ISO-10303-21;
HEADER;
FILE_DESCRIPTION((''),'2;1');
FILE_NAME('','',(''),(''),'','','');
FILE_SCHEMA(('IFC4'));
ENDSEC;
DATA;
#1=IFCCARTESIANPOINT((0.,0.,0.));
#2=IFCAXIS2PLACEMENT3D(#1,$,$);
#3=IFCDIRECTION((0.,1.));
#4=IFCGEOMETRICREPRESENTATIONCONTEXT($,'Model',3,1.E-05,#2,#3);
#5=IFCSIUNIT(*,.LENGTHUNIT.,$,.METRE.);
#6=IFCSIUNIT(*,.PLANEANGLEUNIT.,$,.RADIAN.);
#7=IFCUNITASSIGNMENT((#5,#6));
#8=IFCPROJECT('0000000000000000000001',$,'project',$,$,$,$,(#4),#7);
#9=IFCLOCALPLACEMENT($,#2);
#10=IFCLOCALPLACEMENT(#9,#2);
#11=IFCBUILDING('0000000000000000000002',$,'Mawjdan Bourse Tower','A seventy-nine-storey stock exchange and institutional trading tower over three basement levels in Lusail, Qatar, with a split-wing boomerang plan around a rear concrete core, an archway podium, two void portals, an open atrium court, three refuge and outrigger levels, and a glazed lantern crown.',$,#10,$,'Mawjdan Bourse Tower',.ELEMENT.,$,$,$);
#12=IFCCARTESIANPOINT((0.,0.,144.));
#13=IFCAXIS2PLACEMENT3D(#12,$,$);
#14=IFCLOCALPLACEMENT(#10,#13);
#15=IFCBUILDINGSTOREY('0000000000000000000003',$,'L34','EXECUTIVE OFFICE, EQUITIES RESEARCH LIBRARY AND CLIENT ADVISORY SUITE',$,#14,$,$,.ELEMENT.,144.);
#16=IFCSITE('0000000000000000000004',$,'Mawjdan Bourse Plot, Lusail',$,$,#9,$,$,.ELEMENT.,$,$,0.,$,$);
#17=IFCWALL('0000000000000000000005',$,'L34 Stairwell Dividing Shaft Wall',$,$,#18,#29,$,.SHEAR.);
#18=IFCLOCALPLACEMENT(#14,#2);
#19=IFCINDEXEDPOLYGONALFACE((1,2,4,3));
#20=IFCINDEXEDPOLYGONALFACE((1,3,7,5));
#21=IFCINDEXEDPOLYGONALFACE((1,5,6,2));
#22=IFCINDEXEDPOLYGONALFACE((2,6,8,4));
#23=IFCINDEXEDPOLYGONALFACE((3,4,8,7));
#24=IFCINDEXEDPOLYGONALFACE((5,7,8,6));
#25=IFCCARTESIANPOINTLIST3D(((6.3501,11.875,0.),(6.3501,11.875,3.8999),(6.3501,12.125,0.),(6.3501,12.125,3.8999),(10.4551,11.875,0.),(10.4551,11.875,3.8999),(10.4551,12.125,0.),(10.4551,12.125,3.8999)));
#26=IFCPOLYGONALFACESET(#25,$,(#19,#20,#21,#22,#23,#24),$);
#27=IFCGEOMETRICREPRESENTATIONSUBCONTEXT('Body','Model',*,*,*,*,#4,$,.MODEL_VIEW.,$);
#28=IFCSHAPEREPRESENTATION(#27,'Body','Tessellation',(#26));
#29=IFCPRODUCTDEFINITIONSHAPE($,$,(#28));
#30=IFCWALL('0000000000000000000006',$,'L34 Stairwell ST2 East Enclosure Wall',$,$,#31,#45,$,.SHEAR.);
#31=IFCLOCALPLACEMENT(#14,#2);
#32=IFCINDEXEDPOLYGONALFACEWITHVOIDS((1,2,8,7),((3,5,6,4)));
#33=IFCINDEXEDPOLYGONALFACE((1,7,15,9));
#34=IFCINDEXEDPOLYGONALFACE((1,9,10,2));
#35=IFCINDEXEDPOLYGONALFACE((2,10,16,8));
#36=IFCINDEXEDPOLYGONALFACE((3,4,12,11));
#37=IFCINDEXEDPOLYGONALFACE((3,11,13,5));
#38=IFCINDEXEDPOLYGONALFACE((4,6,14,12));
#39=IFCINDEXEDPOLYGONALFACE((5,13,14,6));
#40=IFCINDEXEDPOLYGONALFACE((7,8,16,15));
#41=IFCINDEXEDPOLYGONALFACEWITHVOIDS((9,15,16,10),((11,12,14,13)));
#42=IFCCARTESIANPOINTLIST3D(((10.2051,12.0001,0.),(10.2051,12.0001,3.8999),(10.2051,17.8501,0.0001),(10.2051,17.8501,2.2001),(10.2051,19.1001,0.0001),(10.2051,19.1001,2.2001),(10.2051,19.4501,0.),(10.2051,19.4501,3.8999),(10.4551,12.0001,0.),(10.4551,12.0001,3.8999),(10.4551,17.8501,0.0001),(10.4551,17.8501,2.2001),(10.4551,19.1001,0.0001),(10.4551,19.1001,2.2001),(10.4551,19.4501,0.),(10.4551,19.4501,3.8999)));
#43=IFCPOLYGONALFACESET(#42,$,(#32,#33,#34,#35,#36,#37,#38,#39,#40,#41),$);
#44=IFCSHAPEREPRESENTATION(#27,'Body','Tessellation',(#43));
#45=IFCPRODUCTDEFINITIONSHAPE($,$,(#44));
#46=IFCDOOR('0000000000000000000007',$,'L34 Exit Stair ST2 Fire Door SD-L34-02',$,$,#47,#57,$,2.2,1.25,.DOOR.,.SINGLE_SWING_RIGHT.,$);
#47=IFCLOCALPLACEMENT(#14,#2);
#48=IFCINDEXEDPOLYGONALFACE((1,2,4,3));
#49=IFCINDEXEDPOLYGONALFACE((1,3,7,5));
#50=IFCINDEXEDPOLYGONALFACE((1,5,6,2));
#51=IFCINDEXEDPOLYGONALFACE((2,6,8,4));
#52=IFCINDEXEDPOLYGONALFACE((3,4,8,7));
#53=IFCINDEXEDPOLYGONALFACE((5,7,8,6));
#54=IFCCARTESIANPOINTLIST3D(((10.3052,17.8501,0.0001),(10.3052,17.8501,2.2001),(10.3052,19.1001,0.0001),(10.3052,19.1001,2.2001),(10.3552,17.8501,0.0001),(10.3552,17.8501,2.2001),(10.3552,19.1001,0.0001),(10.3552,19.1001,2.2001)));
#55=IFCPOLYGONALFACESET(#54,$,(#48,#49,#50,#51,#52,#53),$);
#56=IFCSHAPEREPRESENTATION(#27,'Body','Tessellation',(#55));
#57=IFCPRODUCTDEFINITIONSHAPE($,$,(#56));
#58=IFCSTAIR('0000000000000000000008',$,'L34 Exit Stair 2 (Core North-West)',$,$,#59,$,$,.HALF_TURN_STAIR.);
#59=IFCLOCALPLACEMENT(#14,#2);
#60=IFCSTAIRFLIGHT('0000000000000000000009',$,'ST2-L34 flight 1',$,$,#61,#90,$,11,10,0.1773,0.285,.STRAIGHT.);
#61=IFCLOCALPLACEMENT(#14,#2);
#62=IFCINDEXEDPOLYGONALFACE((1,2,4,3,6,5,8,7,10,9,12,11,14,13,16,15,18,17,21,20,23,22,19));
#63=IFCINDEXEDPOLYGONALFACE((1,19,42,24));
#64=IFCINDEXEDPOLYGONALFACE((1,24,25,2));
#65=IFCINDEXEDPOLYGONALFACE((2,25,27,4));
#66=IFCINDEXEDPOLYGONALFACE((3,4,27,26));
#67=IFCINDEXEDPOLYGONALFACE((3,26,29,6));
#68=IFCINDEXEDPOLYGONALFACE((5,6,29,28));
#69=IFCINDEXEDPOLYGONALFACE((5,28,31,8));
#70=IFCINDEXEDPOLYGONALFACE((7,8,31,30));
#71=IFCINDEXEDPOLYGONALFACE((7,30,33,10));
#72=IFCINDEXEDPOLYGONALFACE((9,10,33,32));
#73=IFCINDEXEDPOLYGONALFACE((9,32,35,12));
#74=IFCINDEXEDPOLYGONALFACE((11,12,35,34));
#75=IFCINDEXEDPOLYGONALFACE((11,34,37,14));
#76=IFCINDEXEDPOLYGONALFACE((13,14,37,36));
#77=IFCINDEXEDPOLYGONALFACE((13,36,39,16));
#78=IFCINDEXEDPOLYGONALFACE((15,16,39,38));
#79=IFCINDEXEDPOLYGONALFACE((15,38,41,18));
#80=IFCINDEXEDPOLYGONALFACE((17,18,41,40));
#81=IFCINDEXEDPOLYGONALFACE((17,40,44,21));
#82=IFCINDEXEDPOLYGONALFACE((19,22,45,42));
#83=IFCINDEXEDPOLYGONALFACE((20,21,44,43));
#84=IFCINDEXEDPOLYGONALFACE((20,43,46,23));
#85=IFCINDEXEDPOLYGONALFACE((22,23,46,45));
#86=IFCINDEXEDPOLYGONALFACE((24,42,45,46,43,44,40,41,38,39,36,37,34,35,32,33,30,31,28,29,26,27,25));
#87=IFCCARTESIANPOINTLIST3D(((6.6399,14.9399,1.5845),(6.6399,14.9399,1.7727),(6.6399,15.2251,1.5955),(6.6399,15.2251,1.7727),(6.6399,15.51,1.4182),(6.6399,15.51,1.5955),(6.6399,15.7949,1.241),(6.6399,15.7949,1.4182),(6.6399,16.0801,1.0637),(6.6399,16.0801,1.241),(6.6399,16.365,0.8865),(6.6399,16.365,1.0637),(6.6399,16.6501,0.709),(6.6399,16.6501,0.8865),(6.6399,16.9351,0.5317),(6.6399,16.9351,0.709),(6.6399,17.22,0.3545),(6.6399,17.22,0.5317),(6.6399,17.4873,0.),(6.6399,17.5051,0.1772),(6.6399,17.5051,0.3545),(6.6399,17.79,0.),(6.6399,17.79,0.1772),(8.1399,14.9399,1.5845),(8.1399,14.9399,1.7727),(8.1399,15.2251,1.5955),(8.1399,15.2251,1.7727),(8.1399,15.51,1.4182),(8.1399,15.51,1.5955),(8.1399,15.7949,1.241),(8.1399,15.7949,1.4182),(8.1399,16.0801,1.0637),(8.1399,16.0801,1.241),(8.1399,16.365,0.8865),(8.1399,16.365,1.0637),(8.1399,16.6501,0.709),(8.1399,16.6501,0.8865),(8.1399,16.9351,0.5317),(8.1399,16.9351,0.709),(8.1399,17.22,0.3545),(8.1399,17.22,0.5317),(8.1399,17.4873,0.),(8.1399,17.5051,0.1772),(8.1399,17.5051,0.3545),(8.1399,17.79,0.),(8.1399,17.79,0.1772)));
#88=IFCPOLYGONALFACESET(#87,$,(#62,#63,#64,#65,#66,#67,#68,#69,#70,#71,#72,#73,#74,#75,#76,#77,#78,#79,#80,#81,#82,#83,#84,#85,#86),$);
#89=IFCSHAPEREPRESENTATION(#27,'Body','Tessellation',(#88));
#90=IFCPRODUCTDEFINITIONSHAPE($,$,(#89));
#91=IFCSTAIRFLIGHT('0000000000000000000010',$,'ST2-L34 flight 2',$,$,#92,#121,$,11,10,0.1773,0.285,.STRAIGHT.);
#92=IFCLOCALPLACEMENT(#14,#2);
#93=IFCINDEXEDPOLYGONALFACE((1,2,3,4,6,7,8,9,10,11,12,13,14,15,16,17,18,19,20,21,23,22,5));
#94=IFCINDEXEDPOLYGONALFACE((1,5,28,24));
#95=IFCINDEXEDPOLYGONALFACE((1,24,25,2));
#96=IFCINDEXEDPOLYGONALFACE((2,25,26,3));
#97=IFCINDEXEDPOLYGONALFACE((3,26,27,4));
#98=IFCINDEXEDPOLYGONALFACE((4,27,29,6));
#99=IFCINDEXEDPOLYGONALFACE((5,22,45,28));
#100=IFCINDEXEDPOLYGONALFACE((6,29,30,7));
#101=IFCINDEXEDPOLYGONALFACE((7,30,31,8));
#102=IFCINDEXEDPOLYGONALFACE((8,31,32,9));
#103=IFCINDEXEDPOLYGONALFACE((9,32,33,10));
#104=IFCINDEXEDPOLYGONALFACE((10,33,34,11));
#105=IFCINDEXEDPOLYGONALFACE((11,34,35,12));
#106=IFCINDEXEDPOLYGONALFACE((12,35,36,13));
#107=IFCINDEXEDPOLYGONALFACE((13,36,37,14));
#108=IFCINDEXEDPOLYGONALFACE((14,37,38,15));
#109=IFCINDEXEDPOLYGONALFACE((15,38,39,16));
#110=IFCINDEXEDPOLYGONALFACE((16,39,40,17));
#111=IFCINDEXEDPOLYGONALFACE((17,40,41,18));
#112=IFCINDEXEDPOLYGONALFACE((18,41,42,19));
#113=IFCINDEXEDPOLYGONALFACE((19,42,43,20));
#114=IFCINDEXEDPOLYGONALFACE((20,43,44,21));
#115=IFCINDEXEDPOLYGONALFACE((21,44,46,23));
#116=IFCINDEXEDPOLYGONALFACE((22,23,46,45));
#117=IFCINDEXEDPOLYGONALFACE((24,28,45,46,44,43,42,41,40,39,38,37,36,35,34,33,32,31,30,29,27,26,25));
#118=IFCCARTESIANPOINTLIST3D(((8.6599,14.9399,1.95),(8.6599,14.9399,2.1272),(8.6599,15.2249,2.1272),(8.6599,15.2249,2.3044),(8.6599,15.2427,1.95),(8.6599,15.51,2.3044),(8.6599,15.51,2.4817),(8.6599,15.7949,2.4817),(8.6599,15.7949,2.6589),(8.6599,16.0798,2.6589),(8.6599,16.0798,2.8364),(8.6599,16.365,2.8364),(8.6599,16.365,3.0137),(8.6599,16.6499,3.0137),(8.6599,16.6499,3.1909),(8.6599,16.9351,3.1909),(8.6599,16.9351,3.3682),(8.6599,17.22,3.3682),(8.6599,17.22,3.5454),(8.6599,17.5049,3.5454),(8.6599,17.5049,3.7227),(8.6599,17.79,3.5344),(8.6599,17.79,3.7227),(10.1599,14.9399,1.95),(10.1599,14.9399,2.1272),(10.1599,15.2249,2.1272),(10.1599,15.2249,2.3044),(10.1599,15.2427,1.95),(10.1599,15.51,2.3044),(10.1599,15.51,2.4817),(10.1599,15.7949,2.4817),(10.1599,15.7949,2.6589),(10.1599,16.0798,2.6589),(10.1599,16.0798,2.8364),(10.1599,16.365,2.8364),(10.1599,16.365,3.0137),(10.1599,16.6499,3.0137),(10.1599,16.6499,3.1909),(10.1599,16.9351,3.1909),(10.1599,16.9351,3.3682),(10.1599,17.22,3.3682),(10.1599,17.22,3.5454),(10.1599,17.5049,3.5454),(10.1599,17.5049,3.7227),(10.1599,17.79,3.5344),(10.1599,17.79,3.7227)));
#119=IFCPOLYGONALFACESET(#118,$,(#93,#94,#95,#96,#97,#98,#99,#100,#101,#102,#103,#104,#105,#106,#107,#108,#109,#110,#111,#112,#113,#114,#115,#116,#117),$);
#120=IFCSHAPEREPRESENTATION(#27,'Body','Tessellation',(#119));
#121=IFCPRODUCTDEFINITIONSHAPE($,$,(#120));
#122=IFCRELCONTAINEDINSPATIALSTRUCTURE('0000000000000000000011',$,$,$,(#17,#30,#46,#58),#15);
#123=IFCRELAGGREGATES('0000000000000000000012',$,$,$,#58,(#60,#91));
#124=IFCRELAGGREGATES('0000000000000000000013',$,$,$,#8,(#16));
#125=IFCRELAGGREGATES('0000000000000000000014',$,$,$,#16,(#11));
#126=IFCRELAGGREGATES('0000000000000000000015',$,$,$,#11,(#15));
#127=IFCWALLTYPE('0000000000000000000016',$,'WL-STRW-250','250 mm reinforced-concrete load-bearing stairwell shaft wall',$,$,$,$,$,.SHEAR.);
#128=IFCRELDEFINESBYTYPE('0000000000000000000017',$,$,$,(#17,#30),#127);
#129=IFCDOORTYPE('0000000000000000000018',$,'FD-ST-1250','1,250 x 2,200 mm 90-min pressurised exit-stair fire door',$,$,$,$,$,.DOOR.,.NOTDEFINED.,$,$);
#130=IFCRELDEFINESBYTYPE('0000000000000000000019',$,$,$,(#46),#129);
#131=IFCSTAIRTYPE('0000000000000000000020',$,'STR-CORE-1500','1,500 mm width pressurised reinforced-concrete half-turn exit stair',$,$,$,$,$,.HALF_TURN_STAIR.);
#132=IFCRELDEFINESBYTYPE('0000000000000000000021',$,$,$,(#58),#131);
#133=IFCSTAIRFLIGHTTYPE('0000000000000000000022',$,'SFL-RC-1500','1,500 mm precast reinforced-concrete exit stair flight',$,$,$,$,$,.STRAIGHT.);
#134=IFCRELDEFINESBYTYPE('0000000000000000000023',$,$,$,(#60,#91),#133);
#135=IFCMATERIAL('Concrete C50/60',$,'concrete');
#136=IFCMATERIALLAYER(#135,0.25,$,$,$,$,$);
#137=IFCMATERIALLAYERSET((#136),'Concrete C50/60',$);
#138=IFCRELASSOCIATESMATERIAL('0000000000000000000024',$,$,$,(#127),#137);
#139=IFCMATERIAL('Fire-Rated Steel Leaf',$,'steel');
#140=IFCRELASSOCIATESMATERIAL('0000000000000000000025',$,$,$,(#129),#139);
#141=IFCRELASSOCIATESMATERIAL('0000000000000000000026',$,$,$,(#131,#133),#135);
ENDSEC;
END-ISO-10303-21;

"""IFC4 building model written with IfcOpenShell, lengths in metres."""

from ifc_helpers import new_model, si_unit, direction, frame, frame_2d, origin, place, context, subcontext, project, spatial, polyline, rectangle, outline, extrude, material, layer, layer_set, type_object, element, fill, aggregate, save


model = new_model("IFC4")

# Units and contexts
model_context = context("Model", 3, precision=1e-05, world=origin(), true_north=direction((0.0, 1.0)))
body_context = subcontext(model_context, "Body", "Model", "MODEL_VIEW")
ifc_project = project(units=[si_unit("LENGTHUNIT", "METRE"), si_unit("PLANEANGLEUNIT", "RADIAN")], contexts=[model_context])

# Site, building, storey
site_placement = place(None, origin())
site = spatial("IfcSite", under=ifc_project, at=site_placement, Name="Mawjdan Bourse Plot, Lusail", CompositionType="ELEMENT", RefElevation=0.0)
building_placement = place(site_placement, origin())
building = spatial("IfcBuilding", under=site, at=building_placement, Name="Mawjdan Bourse Tower", Description="A seventy-nine-storey stock exchange and institutional trading tower over three basement levels in Lusail, Qatar, with a split-wing boomerang plan around a rear concrete core, an archway podium, two void portals, an open atrium court, three refuge and outrigger levels, and a glazed lantern crown.", LongName="Mawjdan Bourse Tower", CompositionType="ELEMENT")
storey_placement = place(building_placement, frame((0.0, 0.0, 144.0)))
storey = spatial("IfcBuildingStorey", under=building, at=storey_placement, Name="L34", Description="EXECUTIVE OFFICE, EQUITIES RESEARCH LIBRARY AND CLIENT ADVISORY SUITE", CompositionType="ELEMENT", Elevation=144.0)

# Shared definitions
ifc_material_1 = material(Name="Concrete C50/60", Category="concrete")

# Wall
ifc_layer_1 = layer(ifc_material_1, 0.25)
ifc_layer_set_1 = layer_set([ifc_layer_1], Name="Concrete C50/60")
wall_type_1 = type_object("IfcWallType", Name="WL-STRW-250", Description="250 mm reinforced-concrete load-bearing stairwell shaft wall", PredefinedType="SHEAR", material=ifc_layer_set_1)
wall_1_placement = place(storey_placement, frame((6.3501, 12.0, 0.0), z_axis=(0.0, 0.0, 1.0), x_axis=(1.0, 0.0, 0.0)))
element("IfcWall", 1, at=wall_1_placement, inside=storey, type_object=wall_type_1, Name="L34 Stairwell Dividing Shaft Wall", PredefinedType="SHEAR", context=body_context, shape_type="SweptSolid", body=[
    extrude(rectangle(XDim=4.105, YDim=0.25, at=frame_2d((2.0525, 0.0))), origin(), (0.0, 0.0, 1.0), 3.8999),
])

# Wall, opening, door
wall_2_placement = place(storey_placement, frame((10.3301, 12.0, 0.0), z_axis=(0.0, 0.0, 1.0), x_axis=(0.0, 1.0, 0.0)))
wall_2 = element("IfcWall", 2, at=wall_2_placement, inside=storey, type_object=wall_type_1, Name="L34 Stairwell ST2 East Enclosure Wall", PredefinedType="SHEAR", context=body_context, shape_type="SweptSolid", body=[
    extrude(rectangle(XDim=7.45, YDim=0.25, at=frame_2d((3.7251, 0.0))), origin(), (0.0, 0.0, 1.0), 3.8999),
])
opening_1_placement = place(wall_2_placement, frame((5.8501, 0.0, 0.0)))
opening_1 = element("IfcOpeningElement", 3, at=opening_1_placement, cuts=wall_2, PredefinedType="OPENING", context=body_context, shape_type="SweptSolid", body=[
    extrude(rectangle(XDim=1.25, YDim=2.2, at=frame_2d((0.625, 1.1001))), frame((0.0, 0.135, 0.0), z_axis=(0.0, -1.0, 0.0), x_axis=(1.0, 0.0, 0.0)), (0.0, 0.0, 1.0), 0.27),
])
ifc_material_2 = material(Name="Fire-Rated Steel Leaf", Category="steel")
door_type_1 = type_object("IfcDoorType", Name="FD-ST-1250", Description="1,250 x 2,200 mm 90-min pressurised exit-stair fire door", OperationType="NOTDEFINED", PredefinedType="DOOR", material=ifc_material_2)
door_1_placement = place(opening_1_placement, origin())
door_1 = element("IfcDoor", 4, at=door_1_placement, inside=storey, type_object=door_type_1, Name="L34 Exit Stair ST2 Fire Door SD-L34-02", OperationType="SINGLE_SWING_RIGHT", OverallHeight=2.2, OverallWidth=1.25, PredefinedType="DOOR", context=body_context, shape_type="SweptSolid", body=[
    extrude(rectangle(XDim=1.25, YDim=2.2, at=frame_2d((0.625, 1.1001))), frame((0.0, 0.0249, 0.0), z_axis=(0.0, -1.0, 0.0), x_axis=(1.0, 0.0, 0.0)), (0.0, 0.0, 1.0), 0.05),
])
fill(opening_1, door_1)

# Stair, stair flights
stair_type = type_object("IfcStairType", Name="STR-CORE-1500", Description="1,500 mm width pressurised reinforced-concrete half-turn exit stair", PredefinedType="HALF_TURN_STAIR", material=ifc_material_1)
stair_placement = place(storey_placement, origin())
stair = element("IfcStair", 5, at=stair_placement, inside=storey, type_object=stair_type, Name="L34 Exit Stair 2 (Core North-West)", PredefinedType="HALF_TURN_STAIR")
stair_flight_type = type_object("IfcStairFlightType", Name="SFL-RC-1500", Description="1,500 mm precast reinforced-concrete exit stair flight", PredefinedType="STRAIGHT", material=ifc_material_1)
stair_flight_1_placement = place(storey_placement, frame((7.3899, 17.79, 0.0), z_axis=(0.0, 0.0, 1.0), x_axis=(0.0, -1.0, 0.0)))
stair_flight_1 = element("IfcStairFlight", 6, at=stair_flight_1_placement, type_object=stair_flight_type, Name="ST2-L34 flight 1", NumberOfRisers=11, NumberOfTreads=10, PredefinedType="STRAIGHT", RiserHeight=0.1773, TreadLength=0.285, context=body_context, shape_type="SweptSolid", body=[
    extrude(outline(polyline([(0.0, 0.0), (0.0, 0.1772), (0.2849, 0.1772), (0.2849, 0.3545), (0.5701, 0.3545), (0.5701, 0.5317), (0.855, 0.5317), (0.855, 0.709), (1.1399, 0.709), (1.1399, 0.8865), (1.425, 0.8865), (1.425, 1.0637), (1.71, 1.0637), (1.71, 1.241), (1.9951, 1.241), (1.9951, 1.4182), (2.28, 1.4182), (2.28, 1.5955), (2.5649, 1.5955), (2.5649, 1.7727), (2.8501, 1.7727), (2.8501, 1.95), (2.8501, 1.5845), (0.3027, 0.0), (0.0, 0.0)])), frame((0.0, 0.75, 0.0), z_axis=(0.0, -1.0, 0.0), x_axis=(1.0, 0.0, 0.0)), (0.0, 0.0, 1.0), 1.5),
])
stair_flight_2_placement = place(storey_placement, frame((9.4099, 14.9399, 1.95), z_axis=(0.0, 0.0, 1.0), x_axis=(0.0, 1.0, 0.0)))
stair_flight_2 = element("IfcStairFlight", 7, at=stair_flight_2_placement, type_object=stair_flight_type, Name="ST2-L34 flight 2", NumberOfRisers=11, NumberOfTreads=10, PredefinedType="STRAIGHT", RiserHeight=0.1773, TreadLength=0.285, context=body_context, shape_type="SweptSolid", body=[
    extrude(outline(polyline([(0.0, 0.0), (0.0, 0.1772), (0.2849, 0.1772), (0.2849, 0.3545), (0.5701, 0.3545), (0.5701, 0.5317), (0.855, 0.5317), (0.855, 0.709), (1.1399, 0.709), (1.1399, 0.8865), (1.425, 0.8865), (1.425, 1.0637), (1.71, 1.0637), (1.71, 1.241), (1.9951, 1.241), (1.9951, 1.4182), (2.28, 1.4182), (2.28, 1.5955), (2.5649, 1.5955), (2.5649, 1.7727), (2.8501, 1.7727), (2.8501, 1.95), (2.8501, 1.5845), (0.3027, 0.0), (0.0, 0.0)])), frame((0.0, 0.75, 0.0), z_axis=(0.0, -1.0, 0.0), x_axis=(1.0, 0.0, 0.0)), (0.0, 0.0, 1.0), 1.5),
])
aggregate(stair, [stair_flight_1, stair_flight_2])

save(model, "model.ifc")
